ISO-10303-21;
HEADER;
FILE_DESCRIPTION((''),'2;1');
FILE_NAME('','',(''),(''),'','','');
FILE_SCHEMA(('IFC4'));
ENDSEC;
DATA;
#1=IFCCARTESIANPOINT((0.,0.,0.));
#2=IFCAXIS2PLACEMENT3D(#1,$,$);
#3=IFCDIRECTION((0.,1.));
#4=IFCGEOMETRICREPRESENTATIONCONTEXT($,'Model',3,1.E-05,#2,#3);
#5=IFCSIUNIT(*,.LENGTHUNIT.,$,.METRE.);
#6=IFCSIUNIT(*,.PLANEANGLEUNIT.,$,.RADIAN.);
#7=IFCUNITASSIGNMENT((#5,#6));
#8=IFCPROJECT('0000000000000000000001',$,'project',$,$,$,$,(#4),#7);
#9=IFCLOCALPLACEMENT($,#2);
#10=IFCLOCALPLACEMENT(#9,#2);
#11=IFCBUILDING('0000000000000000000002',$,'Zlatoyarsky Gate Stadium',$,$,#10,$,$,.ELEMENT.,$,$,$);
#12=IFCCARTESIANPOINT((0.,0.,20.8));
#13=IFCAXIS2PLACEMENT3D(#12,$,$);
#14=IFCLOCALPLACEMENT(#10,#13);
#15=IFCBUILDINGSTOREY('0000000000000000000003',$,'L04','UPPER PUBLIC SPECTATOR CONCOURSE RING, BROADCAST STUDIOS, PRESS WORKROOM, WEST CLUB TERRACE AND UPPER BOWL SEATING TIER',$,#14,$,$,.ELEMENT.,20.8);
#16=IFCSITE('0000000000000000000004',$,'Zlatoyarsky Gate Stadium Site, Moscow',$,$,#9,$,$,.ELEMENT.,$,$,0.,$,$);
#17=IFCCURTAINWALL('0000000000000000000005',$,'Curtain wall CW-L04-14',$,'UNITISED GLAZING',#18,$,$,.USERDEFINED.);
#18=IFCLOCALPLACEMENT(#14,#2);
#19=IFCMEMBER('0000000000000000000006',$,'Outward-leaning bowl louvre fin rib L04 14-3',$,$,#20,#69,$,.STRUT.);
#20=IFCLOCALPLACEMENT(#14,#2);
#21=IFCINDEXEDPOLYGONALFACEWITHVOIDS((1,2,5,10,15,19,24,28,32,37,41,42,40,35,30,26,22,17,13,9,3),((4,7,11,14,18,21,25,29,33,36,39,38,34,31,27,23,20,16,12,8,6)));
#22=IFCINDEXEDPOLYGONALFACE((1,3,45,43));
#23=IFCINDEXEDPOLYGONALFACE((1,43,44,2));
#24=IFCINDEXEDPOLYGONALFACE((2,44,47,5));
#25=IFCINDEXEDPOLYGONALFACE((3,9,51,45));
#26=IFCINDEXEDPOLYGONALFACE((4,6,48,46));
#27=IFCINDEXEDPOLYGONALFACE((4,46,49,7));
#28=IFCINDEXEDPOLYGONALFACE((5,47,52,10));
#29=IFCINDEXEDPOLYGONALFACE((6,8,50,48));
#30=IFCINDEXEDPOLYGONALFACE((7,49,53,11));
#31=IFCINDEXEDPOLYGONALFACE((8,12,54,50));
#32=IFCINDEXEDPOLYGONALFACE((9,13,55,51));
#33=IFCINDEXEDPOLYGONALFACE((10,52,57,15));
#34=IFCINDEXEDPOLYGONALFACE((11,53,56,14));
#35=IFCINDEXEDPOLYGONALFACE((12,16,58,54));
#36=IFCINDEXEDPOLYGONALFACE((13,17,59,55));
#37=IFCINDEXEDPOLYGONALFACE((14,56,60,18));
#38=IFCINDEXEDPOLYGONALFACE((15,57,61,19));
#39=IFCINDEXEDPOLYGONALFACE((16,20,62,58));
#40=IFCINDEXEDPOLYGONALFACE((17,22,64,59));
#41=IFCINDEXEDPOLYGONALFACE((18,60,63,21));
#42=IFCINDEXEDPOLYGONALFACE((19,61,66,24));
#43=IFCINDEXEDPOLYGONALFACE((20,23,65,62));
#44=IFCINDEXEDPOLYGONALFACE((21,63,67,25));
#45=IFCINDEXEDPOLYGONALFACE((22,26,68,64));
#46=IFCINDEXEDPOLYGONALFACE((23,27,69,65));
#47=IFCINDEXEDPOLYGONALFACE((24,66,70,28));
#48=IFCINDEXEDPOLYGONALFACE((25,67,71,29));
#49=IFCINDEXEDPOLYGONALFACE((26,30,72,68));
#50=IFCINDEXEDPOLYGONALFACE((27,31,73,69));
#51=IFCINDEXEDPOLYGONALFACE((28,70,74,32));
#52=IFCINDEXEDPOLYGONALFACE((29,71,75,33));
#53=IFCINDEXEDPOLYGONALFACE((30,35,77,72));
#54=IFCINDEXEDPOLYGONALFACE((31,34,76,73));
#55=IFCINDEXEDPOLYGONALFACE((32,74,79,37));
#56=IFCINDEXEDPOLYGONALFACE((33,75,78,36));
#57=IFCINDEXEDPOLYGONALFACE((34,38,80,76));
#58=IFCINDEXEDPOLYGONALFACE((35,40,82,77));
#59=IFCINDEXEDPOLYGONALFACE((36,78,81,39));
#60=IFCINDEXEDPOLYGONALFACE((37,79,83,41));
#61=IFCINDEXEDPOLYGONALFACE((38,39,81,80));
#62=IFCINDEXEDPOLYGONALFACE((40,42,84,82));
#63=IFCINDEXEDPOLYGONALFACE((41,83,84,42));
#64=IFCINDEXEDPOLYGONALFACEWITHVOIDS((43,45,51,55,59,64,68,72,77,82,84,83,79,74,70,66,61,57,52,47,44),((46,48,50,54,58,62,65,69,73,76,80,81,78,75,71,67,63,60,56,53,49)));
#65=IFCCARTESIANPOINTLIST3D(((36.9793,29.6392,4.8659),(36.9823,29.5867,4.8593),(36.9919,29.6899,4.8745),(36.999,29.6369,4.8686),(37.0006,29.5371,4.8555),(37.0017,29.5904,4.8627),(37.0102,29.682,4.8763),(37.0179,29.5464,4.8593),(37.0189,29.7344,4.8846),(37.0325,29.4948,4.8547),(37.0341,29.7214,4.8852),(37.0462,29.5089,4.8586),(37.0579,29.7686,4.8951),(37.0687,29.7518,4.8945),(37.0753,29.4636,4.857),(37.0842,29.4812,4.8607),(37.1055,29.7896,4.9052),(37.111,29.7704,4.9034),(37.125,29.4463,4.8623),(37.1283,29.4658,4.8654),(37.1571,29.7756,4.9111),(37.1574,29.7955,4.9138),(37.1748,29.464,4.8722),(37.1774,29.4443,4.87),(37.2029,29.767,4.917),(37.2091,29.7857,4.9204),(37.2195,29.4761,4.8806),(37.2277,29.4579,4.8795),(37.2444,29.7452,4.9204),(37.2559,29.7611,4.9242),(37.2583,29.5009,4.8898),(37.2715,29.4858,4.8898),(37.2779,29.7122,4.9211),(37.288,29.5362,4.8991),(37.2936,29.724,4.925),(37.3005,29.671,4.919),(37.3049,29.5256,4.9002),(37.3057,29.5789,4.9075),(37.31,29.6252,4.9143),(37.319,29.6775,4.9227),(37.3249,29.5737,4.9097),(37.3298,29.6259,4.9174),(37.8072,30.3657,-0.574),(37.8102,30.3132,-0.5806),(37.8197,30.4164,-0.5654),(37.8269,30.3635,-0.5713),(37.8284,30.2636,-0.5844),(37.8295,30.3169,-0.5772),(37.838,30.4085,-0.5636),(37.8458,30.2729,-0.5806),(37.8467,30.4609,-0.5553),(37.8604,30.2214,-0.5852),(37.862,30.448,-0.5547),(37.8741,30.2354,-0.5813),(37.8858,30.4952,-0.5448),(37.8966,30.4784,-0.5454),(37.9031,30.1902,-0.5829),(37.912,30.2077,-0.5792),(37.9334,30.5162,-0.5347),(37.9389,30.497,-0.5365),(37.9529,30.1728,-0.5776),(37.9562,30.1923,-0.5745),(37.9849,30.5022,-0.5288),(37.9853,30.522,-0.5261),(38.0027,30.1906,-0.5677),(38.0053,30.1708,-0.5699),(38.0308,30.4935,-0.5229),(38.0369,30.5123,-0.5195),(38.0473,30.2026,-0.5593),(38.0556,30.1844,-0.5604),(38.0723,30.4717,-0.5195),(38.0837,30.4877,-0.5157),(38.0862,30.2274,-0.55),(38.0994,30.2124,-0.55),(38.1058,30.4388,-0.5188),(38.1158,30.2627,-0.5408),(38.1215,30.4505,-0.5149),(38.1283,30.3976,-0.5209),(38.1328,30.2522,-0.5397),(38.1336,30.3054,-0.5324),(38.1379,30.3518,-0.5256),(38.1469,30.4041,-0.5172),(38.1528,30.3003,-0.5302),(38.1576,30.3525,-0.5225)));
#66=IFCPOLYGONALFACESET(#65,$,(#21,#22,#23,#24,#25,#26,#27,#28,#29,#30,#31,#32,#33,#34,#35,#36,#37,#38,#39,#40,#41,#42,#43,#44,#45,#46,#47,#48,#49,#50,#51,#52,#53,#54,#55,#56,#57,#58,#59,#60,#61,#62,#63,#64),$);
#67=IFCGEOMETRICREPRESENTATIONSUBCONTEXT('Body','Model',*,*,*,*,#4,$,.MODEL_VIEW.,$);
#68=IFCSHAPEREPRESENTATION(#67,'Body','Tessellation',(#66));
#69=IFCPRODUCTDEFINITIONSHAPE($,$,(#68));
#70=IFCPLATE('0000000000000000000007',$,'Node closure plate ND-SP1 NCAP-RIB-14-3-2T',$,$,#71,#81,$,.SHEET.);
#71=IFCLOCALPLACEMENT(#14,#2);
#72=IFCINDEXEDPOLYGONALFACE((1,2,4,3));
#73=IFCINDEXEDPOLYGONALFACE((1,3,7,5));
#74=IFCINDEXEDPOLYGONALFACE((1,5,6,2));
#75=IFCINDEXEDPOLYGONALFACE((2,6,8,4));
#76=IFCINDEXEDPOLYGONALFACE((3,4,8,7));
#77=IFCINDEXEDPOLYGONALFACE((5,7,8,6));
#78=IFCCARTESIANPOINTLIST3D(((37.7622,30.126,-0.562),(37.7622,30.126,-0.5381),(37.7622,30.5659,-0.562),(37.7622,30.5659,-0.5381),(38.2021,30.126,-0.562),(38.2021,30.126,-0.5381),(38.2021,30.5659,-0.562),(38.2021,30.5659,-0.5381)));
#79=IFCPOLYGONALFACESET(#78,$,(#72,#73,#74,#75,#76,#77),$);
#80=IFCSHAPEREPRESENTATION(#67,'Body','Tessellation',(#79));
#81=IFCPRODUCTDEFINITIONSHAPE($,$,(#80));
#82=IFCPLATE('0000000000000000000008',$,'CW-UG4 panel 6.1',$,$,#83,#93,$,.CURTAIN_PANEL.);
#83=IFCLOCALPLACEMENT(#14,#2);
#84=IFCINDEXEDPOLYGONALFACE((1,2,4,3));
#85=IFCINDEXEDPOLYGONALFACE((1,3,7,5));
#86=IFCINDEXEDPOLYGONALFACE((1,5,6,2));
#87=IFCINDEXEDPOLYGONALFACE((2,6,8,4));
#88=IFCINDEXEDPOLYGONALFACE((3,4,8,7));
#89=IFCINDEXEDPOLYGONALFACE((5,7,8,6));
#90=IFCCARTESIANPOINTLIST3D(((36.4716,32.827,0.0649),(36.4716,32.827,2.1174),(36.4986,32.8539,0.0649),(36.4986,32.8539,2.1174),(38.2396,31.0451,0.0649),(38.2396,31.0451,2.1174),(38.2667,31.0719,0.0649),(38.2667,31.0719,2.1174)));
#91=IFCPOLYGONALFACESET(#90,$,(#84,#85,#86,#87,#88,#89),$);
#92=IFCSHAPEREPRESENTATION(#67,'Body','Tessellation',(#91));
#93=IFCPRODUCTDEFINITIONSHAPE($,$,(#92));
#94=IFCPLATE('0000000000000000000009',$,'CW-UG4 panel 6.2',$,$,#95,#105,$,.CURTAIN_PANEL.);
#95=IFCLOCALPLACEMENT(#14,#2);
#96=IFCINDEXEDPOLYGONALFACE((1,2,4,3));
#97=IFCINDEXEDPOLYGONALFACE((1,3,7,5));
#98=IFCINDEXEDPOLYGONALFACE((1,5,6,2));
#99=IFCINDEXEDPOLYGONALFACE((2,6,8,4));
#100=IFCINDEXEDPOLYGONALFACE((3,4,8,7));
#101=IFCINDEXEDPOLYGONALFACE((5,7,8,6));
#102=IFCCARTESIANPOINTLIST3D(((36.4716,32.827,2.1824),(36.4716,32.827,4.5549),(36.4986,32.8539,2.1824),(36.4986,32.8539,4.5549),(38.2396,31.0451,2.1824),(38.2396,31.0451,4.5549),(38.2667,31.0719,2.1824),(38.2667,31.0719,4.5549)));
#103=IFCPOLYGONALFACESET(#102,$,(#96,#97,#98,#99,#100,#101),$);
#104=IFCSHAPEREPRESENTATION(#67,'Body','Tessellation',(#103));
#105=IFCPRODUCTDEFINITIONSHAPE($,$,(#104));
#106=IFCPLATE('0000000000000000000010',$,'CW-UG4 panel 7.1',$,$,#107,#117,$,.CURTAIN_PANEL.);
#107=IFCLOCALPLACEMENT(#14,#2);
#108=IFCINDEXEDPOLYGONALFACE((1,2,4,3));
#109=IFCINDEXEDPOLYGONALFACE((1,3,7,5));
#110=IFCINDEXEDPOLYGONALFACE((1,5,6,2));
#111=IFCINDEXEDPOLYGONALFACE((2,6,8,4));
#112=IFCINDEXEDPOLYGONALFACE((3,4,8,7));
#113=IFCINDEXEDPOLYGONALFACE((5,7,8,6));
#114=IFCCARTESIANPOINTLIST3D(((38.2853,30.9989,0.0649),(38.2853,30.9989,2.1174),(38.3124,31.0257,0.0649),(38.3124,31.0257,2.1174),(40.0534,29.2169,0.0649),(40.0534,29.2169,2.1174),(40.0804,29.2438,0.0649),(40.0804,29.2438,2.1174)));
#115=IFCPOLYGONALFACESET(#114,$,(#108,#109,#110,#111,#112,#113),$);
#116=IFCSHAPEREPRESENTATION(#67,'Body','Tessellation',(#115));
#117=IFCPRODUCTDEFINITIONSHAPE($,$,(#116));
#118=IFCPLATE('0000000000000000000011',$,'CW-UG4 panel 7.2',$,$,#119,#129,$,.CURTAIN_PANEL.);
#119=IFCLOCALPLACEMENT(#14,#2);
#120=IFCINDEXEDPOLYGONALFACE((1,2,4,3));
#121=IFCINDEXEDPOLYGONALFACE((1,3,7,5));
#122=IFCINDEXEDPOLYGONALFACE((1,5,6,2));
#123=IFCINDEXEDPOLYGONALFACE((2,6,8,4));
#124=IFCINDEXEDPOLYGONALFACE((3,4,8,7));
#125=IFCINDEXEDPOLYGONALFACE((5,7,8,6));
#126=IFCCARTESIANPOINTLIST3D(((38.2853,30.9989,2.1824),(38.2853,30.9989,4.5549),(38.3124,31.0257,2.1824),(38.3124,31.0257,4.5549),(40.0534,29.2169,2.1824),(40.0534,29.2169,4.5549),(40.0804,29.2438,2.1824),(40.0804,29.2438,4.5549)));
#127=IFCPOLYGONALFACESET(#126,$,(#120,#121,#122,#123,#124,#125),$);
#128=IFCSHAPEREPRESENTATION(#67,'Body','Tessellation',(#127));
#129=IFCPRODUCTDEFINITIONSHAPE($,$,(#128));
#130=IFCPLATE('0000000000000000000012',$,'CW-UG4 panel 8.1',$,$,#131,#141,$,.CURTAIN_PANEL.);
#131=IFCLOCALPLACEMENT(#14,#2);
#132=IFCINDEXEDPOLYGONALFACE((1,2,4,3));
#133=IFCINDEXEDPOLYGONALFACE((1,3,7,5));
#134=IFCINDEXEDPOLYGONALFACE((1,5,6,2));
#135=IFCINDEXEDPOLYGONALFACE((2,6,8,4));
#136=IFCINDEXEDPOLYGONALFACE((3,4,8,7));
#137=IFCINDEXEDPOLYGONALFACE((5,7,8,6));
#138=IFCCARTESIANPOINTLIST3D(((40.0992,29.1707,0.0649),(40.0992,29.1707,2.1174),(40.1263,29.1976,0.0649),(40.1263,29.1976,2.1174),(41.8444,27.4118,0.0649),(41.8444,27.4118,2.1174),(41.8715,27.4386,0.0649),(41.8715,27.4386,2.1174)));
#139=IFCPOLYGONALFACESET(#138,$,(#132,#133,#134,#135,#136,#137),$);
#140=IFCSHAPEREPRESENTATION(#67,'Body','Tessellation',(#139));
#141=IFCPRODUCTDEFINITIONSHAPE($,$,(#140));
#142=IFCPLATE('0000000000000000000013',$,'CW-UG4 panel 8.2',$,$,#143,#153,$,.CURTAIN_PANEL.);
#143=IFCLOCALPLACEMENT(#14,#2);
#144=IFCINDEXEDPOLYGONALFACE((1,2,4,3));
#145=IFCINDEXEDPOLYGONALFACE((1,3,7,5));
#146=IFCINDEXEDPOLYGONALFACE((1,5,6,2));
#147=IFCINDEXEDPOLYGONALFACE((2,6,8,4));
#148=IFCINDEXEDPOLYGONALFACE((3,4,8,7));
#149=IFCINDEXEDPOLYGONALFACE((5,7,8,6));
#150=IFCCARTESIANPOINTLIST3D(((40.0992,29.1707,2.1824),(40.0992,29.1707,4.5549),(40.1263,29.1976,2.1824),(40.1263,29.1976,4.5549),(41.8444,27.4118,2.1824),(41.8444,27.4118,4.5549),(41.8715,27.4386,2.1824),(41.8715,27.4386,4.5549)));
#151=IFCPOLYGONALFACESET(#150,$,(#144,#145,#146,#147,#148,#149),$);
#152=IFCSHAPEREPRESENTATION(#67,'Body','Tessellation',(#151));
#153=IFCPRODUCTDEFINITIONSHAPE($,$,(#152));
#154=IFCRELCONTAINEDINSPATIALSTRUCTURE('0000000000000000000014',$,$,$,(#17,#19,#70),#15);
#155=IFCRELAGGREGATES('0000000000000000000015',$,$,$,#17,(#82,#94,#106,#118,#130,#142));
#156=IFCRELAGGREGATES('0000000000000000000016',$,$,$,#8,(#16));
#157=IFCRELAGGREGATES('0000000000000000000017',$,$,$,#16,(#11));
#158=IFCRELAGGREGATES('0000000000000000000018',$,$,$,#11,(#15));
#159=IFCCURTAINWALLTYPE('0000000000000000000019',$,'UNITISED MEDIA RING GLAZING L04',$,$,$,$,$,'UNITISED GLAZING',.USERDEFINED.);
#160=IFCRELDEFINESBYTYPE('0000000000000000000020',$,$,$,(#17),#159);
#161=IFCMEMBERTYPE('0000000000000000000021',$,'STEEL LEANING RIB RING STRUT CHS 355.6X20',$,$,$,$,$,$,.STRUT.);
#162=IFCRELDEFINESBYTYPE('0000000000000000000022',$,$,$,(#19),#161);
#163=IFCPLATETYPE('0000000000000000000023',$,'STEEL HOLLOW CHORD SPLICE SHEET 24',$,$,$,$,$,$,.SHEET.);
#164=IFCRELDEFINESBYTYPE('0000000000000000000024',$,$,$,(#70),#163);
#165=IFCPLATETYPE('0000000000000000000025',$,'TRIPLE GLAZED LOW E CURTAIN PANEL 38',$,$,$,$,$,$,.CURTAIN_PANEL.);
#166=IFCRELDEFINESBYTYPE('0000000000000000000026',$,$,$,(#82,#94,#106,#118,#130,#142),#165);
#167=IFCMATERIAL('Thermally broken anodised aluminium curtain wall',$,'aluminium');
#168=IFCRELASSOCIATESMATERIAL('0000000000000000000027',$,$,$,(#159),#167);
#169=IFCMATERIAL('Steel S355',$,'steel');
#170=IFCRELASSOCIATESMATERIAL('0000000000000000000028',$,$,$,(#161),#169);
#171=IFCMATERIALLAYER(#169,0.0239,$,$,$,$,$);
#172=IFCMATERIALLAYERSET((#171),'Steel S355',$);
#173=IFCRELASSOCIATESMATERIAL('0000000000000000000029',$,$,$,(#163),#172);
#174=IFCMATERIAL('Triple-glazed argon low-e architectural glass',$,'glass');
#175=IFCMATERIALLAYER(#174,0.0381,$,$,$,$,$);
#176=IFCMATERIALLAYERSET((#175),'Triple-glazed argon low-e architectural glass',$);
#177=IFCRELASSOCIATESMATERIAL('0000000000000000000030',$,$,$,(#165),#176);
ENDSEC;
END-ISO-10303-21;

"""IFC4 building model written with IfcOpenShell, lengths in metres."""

from ifc_helpers import new_model, si_unit, direction, frame, origin, origin_2d, place, context, subcontext, project, spatial, rectangle, hollow_circle, extrude, material, layer, layer_set, material_profile, profile_set, type_object, element, aggregate, save


model = new_model("IFC4")

# Units and contexts
model_context = context("Model", 3, precision=1e-05, world=origin(), true_north=direction((0.0, 1.0)))
body_context = subcontext(model_context, "Body", "Model", "MODEL_VIEW")
ifc_project = project(units=[si_unit("LENGTHUNIT", "METRE"), si_unit("PLANEANGLEUNIT", "RADIAN")], contexts=[model_context])

# Site, building, storey
site_placement = place(None, origin())
site = spatial("IfcSite", under=ifc_project, at=site_placement, Name="Zlatoyarsky Gate Stadium Site, Moscow", CompositionType="ELEMENT", RefElevation=0.0)
building_placement = place(site_placement, origin())
building = spatial("IfcBuilding", under=site, at=building_placement, Name="Zlatoyarsky Gate Stadium", CompositionType="ELEMENT")
storey_placement = place(building_placement, frame((0.0, 0.0, 20.8)))
storey = spatial("IfcBuildingStorey", under=building, at=storey_placement, Name="L04", Description="UPPER PUBLIC SPECTATOR CONCOURSE RING, BROADCAST STUDIOS, PRESS WORKROOM, WEST CLUB TERRACE AND UPPER BOWL SEATING TIER", CompositionType="ELEMENT", Elevation=20.8)

# Curtain wall
ifc_material_1 = material(Name="Thermally broken anodised aluminium curtain wall", Category="aluminium")
curtain_wall_type = type_object("IfcCurtainWallType", Name="UNITISED MEDIA RING GLAZING L04", ElementType="UNITISED GLAZING", PredefinedType="USERDEFINED", material=ifc_material_1)
curtain_wall_placement = place(storey_placement, origin())
curtain_wall = element("IfcCurtainWall", 1, at=curtain_wall_placement, inside=storey, type_object=curtain_wall_type, Name="Curtain wall CW-L04-14", ObjectType="UNITISED GLAZING", PredefinedType="USERDEFINED")

# Member
ifc_material_2 = material(Name="Steel S355", Category="steel")
ifc_material_profile_1 = material_profile(ifc_material_2, hollow_circle(Radius=0.1777, WallThickness=0.02, at=origin_2d()), Name="CHS 355.6X20")
ifc_profile_set_1 = profile_set([ifc_material_profile_1], Name="Steel S355")
member_type_1 = type_object("IfcMemberType", Name="STEEL LEANING RIB RING STRUT CHS 355.6X20", PredefinedType="STRUT", material=ifc_profile_set_1)
member_1_placement = place(storey_placement, frame((37.9822, 30.3459, -0.55), z_axis=(-0.149159, -0.130904, 0.98011), x_axis=(0.659618, -0.751601, 0.0)))
element("IfcMember", 2, at=member_1_placement, inside=storey, type_object=member_type_1, Name="Outward-leaning bowl louvre fin rib L04 14-3", PredefinedType="STRUT", context=body_context, shape_type="SweptSolid", body=[
    extrude(hollow_circle(Radius=0.1777, WallThickness=0.02, at=origin_2d()), origin(), (0.0, 0.0, 1.0), 5.5503),
])

# Plates
ifc_layer_1 = layer(ifc_material_2, 0.0239)
ifc_layer_set_1 = layer_set([ifc_layer_1], Name="Steel S355")
plate_type_1 = type_object("IfcPlateType", Name="STEEL HOLLOW CHORD SPLICE SHEET 24", PredefinedType="SHEET", material=ifc_layer_set_1)
plate_1_placement = place(storey_placement, frame((37.9822, 30.3459, -0.562), z_axis=(0.0, 0.0, 1.0), x_axis=(1.0, 0.0, 0.0)))
element("IfcPlate", 3, at=plate_1_placement, inside=storey, type_object=plate_type_1, Name="Node closure plate ND-SP1 NCAP-RIB-14-3-2T", PredefinedType="SHEET", context=body_context, shape_type="SweptSolid", body=[
    extrude(rectangle(XDim=0.4399, YDim=0.4399, at=origin_2d()), origin(), (0.0, 0.0, 1.0), 0.0239),
])
ifc_material_3 = material(Name="Triple-glazed argon low-e architectural glass", Category="glass")
ifc_layer_2 = layer(ifc_material_3, 0.0381)
ifc_layer_set_2 = layer_set([ifc_layer_2], Name="Triple-glazed argon low-e architectural glass")
plate_type_2 = type_object("IfcPlateType", Name="TRIPLE GLAZED LOW E CURTAIN PANEL 38", PredefinedType="CURTAIN_PANEL", material=ifc_layer_set_2)
plate_2_placement = place(storey_placement, frame((37.3691, 31.9495, 0.0649), z_axis=(0.0, 0.0, 1.0), x_axis=(0.704332, -0.709871, 0.0)))
plate_2 = element("IfcPlate", 4, at=plate_2_placement, type_object=plate_type_2, Name="CW-UG4 panel 6.1", PredefinedType="CURTAIN_PANEL", context=body_context, shape_type="SweptSolid", body=[
    extrude(rectangle(XDim=2.5103, YDim=0.0381, at=origin_2d()), origin(), (0.0, 0.0, 1.0), 2.0525),
])
plate_3_placement = place(storey_placement, frame((37.3691, 31.9495, 2.1824), z_axis=(0.0, 0.0, 1.0), x_axis=(0.704332, -0.709871, 0.0)))
plate_3 = element("IfcPlate", 5, at=plate_3_placement, type_object=plate_type_2, Name="CW-UG4 panel 6.2", PredefinedType="CURTAIN_PANEL", context=body_context, shape_type="SweptSolid", body=[
    extrude(rectangle(XDim=2.5103, YDim=0.0381, at=origin_2d()), origin(), (0.0, 0.0, 1.0), 2.3726),
])
plate_4_placement = place(storey_placement, frame((39.1829, 30.1213, 0.0649), z_axis=(0.0, 0.0, 1.0), x_axis=(0.704332, -0.709871, 0.0)))
plate_4 = element("IfcPlate", 6, at=plate_4_placement, type_object=plate_type_2, Name="CW-UG4 panel 7.1", PredefinedType="CURTAIN_PANEL", context=body_context, shape_type="SweptSolid", body=[
    extrude(rectangle(XDim=2.5103, YDim=0.0381, at=origin_2d()), origin(), (0.0, 0.0, 1.0), 2.0525),
])
plate_5_placement = place(storey_placement, frame((39.1829, 30.1213, 2.1824), z_axis=(0.0, 0.0, 1.0), x_axis=(0.704332, -0.709871, 0.0)))
plate_5 = element("IfcPlate", 7, at=plate_5_placement, type_object=plate_type_2, Name="CW-UG4 panel 7.2", PredefinedType="CURTAIN_PANEL", context=body_context, shape_type="SweptSolid", body=[
    extrude(rectangle(XDim=2.5103, YDim=0.0381, at=origin_2d()), origin(), (0.0, 0.0, 1.0), 2.3726),
])
plate_6_placement = place(storey_placement, frame((40.9854, 28.3047, 0.0649), z_axis=(0.0, 0.0, 1.0), x_axis=(0.704332, -0.709871, 0.0)))
plate_6 = element("IfcPlate", 8, at=plate_6_placement, type_object=plate_type_2, Name="CW-UG4 panel 8.1", PredefinedType="CURTAIN_PANEL", context=body_context, shape_type="SweptSolid", body=[
    extrude(rectangle(XDim=2.4778, YDim=0.0381, at=origin_2d()), origin(), (0.0, 0.0, 1.0), 2.0525),
])
plate_7_placement = place(storey_placement, frame((40.9854, 28.3047, 2.1824), z_axis=(0.0, 0.0, 1.0), x_axis=(0.704332, -0.709871, 0.0)))
plate_7 = element("IfcPlate", 9, at=plate_7_placement, type_object=plate_type_2, Name="CW-UG4 panel 8.2", PredefinedType="CURTAIN_PANEL", context=body_context, shape_type="SweptSolid", body=[
    extrude(rectangle(XDim=2.4778, YDim=0.0381, at=origin_2d()), origin(), (0.0, 0.0, 1.0), 2.3726),
])
aggregate(curtain_wall, [plate_2, plate_3, plate_4, plate_5, plate_6, plate_7])

save(model, "model.ifc")
